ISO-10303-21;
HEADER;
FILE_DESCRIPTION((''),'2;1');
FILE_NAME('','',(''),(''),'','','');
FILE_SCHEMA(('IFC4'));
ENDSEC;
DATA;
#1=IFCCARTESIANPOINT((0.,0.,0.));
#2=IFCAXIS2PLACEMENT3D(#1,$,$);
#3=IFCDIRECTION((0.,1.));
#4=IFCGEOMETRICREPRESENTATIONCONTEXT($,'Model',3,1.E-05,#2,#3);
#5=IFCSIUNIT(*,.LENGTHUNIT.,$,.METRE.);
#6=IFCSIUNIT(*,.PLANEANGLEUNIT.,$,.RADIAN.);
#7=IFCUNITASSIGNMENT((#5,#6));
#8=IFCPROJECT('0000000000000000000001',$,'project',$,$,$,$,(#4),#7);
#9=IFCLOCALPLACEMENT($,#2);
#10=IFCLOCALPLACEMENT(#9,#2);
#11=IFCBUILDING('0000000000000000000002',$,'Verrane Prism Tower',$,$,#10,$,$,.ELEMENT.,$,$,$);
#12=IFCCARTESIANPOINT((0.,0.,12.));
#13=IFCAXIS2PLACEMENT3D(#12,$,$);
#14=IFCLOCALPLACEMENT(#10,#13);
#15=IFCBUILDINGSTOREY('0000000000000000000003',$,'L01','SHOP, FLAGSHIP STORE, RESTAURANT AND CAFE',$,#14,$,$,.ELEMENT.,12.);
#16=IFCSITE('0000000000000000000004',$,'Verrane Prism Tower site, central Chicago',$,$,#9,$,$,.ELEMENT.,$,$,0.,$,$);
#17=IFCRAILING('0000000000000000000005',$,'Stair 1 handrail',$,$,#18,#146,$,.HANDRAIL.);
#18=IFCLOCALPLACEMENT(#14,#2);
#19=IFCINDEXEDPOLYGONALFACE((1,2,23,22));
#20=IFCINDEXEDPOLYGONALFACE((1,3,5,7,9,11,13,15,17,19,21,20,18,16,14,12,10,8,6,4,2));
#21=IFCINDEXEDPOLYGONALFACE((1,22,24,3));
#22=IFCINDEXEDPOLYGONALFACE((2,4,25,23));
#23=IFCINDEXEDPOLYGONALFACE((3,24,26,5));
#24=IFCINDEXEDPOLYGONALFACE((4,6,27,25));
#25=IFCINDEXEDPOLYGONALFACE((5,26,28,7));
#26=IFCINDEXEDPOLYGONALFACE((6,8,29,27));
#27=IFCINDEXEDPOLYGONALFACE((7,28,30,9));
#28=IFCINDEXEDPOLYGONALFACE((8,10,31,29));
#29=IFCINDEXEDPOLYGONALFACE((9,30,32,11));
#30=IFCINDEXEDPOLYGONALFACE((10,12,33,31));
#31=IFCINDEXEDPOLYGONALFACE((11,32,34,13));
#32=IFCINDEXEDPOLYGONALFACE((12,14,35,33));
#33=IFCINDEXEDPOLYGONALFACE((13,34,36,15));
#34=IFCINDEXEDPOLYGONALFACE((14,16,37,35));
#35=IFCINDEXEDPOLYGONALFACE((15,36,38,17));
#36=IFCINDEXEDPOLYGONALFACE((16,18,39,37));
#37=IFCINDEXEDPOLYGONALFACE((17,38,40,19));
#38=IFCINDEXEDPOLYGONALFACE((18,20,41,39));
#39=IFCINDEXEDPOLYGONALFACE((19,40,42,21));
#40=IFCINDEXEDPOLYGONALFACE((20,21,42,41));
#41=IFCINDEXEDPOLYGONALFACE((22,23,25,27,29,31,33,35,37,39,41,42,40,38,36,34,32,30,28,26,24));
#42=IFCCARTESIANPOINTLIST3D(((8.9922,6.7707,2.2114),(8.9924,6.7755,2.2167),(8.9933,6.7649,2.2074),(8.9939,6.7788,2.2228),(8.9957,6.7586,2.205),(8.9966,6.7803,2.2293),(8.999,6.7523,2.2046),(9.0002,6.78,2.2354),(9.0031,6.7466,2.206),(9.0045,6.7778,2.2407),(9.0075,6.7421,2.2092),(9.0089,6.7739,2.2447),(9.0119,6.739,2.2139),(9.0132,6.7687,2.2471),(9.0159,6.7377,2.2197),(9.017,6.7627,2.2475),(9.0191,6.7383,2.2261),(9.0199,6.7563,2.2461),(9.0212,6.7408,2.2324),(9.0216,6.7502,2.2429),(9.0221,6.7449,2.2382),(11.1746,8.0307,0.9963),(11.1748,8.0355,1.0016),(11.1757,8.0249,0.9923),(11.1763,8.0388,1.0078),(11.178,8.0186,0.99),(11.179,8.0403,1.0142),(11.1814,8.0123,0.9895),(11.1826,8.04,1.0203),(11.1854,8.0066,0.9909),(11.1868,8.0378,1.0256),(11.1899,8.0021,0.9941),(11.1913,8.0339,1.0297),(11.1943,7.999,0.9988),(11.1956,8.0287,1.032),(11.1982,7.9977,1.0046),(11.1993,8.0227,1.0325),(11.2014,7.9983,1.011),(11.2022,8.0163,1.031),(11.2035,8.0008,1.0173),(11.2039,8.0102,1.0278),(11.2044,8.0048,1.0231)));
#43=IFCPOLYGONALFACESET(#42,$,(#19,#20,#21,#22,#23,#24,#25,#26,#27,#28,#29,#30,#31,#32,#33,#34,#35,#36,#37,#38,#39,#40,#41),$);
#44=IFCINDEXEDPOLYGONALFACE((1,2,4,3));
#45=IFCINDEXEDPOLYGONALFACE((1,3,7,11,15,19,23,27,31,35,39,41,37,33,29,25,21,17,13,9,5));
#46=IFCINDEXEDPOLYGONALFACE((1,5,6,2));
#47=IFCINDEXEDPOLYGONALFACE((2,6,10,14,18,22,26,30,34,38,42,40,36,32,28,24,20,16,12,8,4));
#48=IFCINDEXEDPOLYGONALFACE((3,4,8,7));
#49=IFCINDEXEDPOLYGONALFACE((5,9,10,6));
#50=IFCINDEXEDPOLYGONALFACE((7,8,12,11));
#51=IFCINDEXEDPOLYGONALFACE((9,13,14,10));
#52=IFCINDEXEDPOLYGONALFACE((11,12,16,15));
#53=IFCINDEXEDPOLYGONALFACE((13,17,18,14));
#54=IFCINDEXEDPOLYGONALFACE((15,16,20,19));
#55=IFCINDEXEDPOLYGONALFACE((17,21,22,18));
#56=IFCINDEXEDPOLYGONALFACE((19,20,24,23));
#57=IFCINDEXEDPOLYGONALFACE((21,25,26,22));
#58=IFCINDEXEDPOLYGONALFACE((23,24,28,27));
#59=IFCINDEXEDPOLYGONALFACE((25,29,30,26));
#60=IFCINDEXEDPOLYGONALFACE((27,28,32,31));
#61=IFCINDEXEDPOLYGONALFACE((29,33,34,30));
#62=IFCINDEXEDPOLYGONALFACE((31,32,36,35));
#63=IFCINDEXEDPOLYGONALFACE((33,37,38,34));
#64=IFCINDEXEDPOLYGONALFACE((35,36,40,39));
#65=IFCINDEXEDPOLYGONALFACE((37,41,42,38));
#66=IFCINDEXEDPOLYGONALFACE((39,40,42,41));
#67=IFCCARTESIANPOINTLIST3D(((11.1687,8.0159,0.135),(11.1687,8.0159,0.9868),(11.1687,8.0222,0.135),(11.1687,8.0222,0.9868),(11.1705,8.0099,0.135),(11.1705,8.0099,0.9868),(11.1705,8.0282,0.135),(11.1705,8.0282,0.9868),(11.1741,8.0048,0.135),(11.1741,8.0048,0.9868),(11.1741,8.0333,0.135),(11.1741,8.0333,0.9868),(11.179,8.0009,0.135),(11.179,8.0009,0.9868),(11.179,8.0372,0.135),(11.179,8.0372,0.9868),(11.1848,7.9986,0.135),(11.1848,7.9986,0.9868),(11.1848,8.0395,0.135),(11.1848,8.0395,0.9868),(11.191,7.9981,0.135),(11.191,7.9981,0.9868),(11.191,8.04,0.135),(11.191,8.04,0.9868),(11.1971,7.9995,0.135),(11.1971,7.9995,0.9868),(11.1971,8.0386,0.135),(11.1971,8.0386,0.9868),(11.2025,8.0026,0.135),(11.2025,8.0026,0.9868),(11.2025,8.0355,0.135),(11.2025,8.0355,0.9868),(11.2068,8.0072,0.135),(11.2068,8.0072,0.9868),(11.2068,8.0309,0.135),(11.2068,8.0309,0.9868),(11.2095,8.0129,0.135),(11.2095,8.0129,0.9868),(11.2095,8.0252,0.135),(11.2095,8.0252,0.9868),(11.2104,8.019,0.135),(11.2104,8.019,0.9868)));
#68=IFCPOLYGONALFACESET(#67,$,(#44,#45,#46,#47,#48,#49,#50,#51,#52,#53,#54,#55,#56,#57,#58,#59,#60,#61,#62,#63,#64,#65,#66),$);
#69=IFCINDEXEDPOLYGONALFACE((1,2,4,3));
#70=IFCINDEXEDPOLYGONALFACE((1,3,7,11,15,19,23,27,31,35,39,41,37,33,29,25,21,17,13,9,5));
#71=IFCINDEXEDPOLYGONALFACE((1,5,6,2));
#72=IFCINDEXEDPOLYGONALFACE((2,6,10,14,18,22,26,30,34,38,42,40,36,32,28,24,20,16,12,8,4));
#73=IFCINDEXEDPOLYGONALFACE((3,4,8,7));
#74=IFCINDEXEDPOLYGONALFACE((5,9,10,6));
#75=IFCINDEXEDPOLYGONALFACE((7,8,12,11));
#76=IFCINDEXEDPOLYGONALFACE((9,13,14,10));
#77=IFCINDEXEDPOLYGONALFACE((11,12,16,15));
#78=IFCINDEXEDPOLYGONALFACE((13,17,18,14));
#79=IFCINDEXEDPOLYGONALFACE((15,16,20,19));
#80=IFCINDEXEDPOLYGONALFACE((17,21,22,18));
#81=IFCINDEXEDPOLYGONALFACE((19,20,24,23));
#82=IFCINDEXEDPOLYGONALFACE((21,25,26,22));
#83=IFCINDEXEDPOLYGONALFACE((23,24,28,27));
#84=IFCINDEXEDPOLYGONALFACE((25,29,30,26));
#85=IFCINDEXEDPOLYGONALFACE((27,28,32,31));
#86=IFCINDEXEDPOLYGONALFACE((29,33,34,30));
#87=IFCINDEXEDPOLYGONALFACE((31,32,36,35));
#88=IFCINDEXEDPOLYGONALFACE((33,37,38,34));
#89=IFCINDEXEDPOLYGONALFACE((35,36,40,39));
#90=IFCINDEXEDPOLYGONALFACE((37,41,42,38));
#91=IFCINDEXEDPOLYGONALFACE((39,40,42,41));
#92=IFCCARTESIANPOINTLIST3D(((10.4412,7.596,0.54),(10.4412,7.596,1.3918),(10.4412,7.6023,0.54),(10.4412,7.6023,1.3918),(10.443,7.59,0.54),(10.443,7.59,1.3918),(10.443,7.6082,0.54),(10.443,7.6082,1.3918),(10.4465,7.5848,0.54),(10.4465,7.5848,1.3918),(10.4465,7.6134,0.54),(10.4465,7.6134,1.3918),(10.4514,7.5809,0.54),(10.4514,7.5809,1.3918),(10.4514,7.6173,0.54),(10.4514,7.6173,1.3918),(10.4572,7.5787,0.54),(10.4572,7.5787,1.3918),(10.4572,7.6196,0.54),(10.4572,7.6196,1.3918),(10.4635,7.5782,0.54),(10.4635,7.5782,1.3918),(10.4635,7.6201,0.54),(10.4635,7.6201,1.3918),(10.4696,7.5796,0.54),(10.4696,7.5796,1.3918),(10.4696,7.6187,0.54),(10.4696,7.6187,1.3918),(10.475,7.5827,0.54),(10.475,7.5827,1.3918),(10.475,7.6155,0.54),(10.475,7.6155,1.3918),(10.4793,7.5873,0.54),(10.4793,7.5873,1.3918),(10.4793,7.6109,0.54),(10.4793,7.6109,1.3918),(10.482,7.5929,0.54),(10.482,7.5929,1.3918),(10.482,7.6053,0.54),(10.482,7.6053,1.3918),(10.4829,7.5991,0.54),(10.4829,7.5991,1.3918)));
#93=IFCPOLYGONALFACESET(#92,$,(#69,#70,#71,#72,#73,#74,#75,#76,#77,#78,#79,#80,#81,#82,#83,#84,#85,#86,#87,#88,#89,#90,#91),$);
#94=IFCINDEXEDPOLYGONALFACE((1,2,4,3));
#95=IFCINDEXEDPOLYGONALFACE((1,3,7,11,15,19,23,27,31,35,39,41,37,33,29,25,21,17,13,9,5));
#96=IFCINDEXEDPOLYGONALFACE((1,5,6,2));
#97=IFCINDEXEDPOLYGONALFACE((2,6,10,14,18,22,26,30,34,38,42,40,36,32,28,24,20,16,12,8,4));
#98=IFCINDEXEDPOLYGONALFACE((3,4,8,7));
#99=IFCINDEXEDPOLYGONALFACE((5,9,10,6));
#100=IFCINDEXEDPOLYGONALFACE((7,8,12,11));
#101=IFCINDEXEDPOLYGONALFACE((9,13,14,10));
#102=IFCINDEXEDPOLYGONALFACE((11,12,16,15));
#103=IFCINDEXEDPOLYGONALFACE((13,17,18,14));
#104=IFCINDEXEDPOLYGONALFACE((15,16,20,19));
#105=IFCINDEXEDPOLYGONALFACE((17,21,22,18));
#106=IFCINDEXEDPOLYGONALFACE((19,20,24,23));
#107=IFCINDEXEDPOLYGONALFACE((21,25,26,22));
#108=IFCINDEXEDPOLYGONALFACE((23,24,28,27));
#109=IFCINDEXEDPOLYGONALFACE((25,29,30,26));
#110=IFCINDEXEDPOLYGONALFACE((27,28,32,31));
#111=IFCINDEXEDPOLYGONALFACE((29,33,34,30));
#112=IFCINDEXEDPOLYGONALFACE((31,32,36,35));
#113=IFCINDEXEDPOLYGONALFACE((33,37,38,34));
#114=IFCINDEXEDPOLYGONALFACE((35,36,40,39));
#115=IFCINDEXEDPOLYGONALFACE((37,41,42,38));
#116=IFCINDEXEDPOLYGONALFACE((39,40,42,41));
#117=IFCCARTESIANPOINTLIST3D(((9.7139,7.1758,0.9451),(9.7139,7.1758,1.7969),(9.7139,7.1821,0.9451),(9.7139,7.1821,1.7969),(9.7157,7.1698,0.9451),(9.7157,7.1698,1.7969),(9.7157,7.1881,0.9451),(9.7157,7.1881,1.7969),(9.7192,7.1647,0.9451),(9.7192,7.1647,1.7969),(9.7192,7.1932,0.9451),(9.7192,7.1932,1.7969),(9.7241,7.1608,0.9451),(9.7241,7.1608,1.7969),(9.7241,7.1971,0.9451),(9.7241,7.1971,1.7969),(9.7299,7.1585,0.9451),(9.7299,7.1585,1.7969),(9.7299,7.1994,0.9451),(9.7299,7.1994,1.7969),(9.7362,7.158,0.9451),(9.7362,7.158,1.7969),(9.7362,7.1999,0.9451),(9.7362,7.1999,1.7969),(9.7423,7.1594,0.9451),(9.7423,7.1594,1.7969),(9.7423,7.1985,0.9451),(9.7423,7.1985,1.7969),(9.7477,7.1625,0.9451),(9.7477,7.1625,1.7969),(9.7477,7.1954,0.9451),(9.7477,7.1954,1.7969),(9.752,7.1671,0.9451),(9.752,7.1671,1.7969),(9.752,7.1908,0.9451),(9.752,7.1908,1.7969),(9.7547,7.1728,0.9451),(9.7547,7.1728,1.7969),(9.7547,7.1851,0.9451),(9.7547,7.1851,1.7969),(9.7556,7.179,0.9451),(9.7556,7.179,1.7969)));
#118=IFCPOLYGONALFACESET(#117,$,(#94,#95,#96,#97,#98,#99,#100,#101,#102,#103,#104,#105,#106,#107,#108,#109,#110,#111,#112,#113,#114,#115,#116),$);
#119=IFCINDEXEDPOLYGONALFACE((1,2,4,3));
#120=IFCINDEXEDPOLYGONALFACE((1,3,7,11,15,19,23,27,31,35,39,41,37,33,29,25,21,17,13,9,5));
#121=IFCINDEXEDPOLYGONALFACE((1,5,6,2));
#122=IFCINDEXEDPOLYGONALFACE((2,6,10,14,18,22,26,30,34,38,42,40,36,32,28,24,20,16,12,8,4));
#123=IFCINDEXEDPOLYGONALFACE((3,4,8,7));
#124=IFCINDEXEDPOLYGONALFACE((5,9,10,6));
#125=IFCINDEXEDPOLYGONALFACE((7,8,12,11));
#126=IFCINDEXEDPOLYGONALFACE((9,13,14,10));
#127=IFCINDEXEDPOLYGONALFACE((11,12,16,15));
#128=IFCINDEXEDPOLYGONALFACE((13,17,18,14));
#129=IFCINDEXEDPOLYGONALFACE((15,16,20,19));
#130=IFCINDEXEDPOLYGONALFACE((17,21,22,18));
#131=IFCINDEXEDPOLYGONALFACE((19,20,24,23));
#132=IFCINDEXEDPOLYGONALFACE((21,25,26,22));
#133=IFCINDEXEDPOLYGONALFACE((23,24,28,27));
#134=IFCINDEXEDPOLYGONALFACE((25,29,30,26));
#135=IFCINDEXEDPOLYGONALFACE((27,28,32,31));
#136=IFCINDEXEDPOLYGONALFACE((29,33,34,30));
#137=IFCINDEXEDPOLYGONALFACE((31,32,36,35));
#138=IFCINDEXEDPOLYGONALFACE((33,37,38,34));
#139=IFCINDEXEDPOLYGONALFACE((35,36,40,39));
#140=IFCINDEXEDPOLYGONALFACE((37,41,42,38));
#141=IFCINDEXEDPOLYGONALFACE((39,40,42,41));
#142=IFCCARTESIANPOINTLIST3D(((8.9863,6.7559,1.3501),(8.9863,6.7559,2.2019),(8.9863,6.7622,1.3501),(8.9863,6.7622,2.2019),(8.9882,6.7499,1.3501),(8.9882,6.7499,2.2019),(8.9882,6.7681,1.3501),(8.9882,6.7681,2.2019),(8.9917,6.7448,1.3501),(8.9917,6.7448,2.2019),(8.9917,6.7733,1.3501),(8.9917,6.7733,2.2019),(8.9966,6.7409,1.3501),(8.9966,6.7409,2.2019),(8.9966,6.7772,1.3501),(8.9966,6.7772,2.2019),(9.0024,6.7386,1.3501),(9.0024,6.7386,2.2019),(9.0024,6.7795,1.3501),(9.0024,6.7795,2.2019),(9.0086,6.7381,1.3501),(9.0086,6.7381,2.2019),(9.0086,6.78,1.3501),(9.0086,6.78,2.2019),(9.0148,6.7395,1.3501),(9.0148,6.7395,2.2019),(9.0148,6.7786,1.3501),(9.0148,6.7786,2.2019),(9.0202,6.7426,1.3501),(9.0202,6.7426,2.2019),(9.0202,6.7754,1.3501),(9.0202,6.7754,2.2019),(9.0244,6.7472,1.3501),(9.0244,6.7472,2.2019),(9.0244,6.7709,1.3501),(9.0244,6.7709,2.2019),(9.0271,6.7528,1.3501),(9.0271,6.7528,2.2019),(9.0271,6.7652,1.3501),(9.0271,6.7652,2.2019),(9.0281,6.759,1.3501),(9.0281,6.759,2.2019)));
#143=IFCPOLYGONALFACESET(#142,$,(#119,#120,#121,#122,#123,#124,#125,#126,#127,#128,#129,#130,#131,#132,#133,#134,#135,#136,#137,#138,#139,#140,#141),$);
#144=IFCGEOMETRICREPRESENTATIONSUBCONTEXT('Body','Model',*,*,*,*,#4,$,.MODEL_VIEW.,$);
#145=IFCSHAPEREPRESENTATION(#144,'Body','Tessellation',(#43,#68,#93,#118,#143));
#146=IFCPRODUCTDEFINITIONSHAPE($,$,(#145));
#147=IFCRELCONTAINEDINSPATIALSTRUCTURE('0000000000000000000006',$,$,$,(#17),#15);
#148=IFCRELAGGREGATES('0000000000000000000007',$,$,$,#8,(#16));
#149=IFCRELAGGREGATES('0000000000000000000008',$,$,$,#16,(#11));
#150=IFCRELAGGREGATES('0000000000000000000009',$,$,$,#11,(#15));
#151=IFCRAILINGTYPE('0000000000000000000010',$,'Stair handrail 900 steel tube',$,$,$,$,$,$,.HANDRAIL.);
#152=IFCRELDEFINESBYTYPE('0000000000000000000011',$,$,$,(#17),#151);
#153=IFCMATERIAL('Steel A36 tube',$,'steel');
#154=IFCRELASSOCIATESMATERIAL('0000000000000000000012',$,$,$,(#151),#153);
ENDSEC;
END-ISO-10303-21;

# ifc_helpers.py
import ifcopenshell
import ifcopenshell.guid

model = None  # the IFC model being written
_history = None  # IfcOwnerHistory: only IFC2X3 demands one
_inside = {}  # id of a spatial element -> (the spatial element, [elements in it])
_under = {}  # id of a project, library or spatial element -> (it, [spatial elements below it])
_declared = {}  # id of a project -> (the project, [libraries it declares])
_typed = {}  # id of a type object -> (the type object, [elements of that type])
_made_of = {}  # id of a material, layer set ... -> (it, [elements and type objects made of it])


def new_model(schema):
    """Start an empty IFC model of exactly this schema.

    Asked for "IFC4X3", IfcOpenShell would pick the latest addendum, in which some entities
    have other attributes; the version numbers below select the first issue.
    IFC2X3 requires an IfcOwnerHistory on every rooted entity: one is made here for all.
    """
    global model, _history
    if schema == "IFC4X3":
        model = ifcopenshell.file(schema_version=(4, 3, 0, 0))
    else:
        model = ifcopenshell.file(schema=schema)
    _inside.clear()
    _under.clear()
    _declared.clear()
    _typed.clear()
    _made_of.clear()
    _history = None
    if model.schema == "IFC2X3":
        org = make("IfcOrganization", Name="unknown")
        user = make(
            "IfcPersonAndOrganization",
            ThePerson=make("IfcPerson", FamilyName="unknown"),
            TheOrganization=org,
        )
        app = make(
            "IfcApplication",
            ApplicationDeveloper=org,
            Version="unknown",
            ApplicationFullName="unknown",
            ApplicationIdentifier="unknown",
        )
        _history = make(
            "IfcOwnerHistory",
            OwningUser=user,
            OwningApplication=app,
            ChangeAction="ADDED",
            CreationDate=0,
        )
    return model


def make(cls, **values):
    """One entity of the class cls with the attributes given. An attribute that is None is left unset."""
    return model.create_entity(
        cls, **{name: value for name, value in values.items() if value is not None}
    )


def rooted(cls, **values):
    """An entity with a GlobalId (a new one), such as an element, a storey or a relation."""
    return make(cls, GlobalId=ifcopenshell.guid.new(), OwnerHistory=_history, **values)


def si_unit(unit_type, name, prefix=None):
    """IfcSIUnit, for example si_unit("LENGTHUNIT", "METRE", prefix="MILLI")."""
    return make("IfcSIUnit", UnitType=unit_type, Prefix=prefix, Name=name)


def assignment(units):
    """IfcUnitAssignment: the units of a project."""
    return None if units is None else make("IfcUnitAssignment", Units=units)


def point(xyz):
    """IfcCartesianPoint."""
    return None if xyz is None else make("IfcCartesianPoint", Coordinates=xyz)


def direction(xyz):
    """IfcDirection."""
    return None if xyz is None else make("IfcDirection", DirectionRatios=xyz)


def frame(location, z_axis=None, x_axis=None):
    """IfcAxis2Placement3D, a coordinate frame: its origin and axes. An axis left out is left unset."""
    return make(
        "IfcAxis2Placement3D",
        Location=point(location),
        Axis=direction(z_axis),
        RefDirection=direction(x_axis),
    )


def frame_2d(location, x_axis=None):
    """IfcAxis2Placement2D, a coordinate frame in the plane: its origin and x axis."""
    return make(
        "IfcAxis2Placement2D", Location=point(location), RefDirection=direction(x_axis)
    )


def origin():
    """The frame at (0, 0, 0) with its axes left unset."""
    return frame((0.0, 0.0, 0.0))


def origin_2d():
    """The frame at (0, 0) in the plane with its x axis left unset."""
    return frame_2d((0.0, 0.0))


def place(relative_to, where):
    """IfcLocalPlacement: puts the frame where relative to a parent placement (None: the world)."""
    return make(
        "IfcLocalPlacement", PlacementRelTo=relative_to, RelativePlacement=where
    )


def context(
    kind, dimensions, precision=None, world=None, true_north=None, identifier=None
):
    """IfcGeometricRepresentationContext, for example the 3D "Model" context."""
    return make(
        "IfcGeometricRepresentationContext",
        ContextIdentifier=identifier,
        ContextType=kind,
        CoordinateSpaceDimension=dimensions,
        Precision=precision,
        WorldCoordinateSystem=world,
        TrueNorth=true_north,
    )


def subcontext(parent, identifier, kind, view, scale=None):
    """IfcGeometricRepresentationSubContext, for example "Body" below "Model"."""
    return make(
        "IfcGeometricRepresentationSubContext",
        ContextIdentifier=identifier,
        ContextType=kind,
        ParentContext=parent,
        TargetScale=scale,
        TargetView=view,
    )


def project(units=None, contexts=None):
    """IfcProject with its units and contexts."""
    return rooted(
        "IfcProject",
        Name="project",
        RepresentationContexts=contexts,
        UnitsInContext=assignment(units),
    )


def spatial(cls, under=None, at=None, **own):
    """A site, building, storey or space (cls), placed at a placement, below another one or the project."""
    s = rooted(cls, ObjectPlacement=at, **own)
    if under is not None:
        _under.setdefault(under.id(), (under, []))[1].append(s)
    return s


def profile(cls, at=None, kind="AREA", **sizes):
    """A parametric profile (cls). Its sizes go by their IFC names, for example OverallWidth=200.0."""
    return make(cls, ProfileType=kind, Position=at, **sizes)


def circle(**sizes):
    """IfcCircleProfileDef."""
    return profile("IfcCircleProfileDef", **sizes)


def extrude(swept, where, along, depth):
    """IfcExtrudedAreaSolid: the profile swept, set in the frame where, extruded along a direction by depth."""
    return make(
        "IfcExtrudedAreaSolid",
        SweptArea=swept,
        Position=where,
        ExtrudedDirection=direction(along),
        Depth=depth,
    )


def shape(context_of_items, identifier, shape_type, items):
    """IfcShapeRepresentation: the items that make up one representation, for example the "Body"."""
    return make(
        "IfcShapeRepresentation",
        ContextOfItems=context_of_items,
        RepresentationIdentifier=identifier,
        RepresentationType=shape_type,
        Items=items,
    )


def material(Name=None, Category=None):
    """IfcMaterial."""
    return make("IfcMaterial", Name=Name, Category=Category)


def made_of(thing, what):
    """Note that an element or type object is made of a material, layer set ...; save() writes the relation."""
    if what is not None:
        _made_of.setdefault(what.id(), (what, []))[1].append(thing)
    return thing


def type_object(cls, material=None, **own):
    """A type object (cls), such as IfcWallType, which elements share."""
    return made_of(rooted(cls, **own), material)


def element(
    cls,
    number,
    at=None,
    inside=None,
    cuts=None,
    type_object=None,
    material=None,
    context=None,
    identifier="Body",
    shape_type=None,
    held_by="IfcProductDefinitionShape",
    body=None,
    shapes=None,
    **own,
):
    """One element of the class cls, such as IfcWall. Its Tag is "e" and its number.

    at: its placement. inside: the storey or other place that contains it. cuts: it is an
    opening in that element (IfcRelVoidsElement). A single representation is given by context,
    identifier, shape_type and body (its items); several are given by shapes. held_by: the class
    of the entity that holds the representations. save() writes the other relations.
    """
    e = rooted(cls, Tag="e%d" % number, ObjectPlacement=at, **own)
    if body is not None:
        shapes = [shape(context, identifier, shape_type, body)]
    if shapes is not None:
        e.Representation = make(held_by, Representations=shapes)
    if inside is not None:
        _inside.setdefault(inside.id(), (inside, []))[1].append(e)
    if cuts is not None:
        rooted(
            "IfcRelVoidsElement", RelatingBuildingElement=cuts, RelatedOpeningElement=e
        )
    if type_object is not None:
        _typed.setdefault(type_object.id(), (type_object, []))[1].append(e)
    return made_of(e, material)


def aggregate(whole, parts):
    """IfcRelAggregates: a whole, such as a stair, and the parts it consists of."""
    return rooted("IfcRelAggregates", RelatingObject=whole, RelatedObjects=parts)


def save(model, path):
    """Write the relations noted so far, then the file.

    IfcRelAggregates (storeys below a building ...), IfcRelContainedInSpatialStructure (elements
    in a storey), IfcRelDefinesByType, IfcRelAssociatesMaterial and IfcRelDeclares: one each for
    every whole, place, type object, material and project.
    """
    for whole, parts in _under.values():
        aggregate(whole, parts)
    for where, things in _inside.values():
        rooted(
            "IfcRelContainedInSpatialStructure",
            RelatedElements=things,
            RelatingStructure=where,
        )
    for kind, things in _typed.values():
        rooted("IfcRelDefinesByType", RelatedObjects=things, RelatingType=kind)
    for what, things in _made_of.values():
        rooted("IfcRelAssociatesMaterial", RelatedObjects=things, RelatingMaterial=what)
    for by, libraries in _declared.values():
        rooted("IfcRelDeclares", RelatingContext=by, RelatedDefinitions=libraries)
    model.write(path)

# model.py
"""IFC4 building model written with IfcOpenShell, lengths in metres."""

from ifc_helpers import new_model, si_unit, direction, frame, origin, origin_2d, place, context, subcontext, project, spatial, circle, extrude, material, type_object, element, save


model = new_model("IFC4")

# Units and contexts
model_context = context("Model", 3, precision=1e-05, world=origin(), true_north=direction((0.0, 1.0)))
body_context = subcontext(model_context, "Body", "Model", "MODEL_VIEW")
ifc_project = project(units=[si_unit("LENGTHUNIT", "METRE"), si_unit("PLANEANGLEUNIT", "RADIAN")], contexts=[model_context])

# Site, building, storey
site_placement = place(None, origin())
site = spatial("IfcSite", under=ifc_project, at=site_placement, Name="Verrane Prism Tower site, central Chicago", CompositionType="ELEMENT", RefElevation=0.0)
building_placement = place(site_placement, origin())
building = spatial("IfcBuilding", under=site, at=building_placement, Name="Verrane Prism Tower", CompositionType="ELEMENT")
storey_placement = place(building_placement, frame((0.0, 0.0, 12.0)))
storey = spatial("IfcBuildingStorey", under=building, at=storey_placement, Name="L01", Description="SHOP, FLAGSHIP STORE, RESTAURANT AND CAFE", CompositionType="ELEMENT", Elevation=12.0)

# Railing
ifc_material_1 = material(Name="Steel A36 tube", Category="steel")
railing_type = type_object("IfcRailingType", Name="Stair handrail 900 steel tube", PredefinedType="HANDRAIL", material=ifc_material_1)
for number, where, name in (
    (1, (11.1895, 8.019, 0.135), "Stair 1 handrail"),
):
    element("IfcRailing", number, at=place(storey_placement, frame(where)), inside=storey, type_object=railing_type, Name=name, PredefinedType="HANDRAIL", context=body_context, shape_type="SweptSolid", body=[
        extrude(circle(Radius=0.0239, at=origin_2d()), frame((0.0, 0.0, 0.876), z_axis=(-0.780075, -0.450382, 0.434325), x_axis=(0.500005, -0.866023, 0.0)), (0.0, 0.0, 1.0), 2.7976),
        extrude(circle(Radius=0.021, at=origin_2d()), origin(), (0.0, 0.0, 1.0), 0.8518),
        extrude(circle(Radius=0.021, at=origin_2d()), frame((-0.7275, -0.4199, 0.405)), (0.0, 0.0, 1.0), 0.8518),
        extrude(circle(Radius=0.021, at=origin_2d()), frame((-1.4548, -0.8401, 0.8101)), (0.0, 0.0, 1.0), 0.8518),
        extrude(circle(Radius=0.021, at=origin_2d()), frame((-2.1824, -1.26, 1.2151)), (0.0, 0.0, 1.0), 0.8518),
    ])

save(model, "model.ifc")
